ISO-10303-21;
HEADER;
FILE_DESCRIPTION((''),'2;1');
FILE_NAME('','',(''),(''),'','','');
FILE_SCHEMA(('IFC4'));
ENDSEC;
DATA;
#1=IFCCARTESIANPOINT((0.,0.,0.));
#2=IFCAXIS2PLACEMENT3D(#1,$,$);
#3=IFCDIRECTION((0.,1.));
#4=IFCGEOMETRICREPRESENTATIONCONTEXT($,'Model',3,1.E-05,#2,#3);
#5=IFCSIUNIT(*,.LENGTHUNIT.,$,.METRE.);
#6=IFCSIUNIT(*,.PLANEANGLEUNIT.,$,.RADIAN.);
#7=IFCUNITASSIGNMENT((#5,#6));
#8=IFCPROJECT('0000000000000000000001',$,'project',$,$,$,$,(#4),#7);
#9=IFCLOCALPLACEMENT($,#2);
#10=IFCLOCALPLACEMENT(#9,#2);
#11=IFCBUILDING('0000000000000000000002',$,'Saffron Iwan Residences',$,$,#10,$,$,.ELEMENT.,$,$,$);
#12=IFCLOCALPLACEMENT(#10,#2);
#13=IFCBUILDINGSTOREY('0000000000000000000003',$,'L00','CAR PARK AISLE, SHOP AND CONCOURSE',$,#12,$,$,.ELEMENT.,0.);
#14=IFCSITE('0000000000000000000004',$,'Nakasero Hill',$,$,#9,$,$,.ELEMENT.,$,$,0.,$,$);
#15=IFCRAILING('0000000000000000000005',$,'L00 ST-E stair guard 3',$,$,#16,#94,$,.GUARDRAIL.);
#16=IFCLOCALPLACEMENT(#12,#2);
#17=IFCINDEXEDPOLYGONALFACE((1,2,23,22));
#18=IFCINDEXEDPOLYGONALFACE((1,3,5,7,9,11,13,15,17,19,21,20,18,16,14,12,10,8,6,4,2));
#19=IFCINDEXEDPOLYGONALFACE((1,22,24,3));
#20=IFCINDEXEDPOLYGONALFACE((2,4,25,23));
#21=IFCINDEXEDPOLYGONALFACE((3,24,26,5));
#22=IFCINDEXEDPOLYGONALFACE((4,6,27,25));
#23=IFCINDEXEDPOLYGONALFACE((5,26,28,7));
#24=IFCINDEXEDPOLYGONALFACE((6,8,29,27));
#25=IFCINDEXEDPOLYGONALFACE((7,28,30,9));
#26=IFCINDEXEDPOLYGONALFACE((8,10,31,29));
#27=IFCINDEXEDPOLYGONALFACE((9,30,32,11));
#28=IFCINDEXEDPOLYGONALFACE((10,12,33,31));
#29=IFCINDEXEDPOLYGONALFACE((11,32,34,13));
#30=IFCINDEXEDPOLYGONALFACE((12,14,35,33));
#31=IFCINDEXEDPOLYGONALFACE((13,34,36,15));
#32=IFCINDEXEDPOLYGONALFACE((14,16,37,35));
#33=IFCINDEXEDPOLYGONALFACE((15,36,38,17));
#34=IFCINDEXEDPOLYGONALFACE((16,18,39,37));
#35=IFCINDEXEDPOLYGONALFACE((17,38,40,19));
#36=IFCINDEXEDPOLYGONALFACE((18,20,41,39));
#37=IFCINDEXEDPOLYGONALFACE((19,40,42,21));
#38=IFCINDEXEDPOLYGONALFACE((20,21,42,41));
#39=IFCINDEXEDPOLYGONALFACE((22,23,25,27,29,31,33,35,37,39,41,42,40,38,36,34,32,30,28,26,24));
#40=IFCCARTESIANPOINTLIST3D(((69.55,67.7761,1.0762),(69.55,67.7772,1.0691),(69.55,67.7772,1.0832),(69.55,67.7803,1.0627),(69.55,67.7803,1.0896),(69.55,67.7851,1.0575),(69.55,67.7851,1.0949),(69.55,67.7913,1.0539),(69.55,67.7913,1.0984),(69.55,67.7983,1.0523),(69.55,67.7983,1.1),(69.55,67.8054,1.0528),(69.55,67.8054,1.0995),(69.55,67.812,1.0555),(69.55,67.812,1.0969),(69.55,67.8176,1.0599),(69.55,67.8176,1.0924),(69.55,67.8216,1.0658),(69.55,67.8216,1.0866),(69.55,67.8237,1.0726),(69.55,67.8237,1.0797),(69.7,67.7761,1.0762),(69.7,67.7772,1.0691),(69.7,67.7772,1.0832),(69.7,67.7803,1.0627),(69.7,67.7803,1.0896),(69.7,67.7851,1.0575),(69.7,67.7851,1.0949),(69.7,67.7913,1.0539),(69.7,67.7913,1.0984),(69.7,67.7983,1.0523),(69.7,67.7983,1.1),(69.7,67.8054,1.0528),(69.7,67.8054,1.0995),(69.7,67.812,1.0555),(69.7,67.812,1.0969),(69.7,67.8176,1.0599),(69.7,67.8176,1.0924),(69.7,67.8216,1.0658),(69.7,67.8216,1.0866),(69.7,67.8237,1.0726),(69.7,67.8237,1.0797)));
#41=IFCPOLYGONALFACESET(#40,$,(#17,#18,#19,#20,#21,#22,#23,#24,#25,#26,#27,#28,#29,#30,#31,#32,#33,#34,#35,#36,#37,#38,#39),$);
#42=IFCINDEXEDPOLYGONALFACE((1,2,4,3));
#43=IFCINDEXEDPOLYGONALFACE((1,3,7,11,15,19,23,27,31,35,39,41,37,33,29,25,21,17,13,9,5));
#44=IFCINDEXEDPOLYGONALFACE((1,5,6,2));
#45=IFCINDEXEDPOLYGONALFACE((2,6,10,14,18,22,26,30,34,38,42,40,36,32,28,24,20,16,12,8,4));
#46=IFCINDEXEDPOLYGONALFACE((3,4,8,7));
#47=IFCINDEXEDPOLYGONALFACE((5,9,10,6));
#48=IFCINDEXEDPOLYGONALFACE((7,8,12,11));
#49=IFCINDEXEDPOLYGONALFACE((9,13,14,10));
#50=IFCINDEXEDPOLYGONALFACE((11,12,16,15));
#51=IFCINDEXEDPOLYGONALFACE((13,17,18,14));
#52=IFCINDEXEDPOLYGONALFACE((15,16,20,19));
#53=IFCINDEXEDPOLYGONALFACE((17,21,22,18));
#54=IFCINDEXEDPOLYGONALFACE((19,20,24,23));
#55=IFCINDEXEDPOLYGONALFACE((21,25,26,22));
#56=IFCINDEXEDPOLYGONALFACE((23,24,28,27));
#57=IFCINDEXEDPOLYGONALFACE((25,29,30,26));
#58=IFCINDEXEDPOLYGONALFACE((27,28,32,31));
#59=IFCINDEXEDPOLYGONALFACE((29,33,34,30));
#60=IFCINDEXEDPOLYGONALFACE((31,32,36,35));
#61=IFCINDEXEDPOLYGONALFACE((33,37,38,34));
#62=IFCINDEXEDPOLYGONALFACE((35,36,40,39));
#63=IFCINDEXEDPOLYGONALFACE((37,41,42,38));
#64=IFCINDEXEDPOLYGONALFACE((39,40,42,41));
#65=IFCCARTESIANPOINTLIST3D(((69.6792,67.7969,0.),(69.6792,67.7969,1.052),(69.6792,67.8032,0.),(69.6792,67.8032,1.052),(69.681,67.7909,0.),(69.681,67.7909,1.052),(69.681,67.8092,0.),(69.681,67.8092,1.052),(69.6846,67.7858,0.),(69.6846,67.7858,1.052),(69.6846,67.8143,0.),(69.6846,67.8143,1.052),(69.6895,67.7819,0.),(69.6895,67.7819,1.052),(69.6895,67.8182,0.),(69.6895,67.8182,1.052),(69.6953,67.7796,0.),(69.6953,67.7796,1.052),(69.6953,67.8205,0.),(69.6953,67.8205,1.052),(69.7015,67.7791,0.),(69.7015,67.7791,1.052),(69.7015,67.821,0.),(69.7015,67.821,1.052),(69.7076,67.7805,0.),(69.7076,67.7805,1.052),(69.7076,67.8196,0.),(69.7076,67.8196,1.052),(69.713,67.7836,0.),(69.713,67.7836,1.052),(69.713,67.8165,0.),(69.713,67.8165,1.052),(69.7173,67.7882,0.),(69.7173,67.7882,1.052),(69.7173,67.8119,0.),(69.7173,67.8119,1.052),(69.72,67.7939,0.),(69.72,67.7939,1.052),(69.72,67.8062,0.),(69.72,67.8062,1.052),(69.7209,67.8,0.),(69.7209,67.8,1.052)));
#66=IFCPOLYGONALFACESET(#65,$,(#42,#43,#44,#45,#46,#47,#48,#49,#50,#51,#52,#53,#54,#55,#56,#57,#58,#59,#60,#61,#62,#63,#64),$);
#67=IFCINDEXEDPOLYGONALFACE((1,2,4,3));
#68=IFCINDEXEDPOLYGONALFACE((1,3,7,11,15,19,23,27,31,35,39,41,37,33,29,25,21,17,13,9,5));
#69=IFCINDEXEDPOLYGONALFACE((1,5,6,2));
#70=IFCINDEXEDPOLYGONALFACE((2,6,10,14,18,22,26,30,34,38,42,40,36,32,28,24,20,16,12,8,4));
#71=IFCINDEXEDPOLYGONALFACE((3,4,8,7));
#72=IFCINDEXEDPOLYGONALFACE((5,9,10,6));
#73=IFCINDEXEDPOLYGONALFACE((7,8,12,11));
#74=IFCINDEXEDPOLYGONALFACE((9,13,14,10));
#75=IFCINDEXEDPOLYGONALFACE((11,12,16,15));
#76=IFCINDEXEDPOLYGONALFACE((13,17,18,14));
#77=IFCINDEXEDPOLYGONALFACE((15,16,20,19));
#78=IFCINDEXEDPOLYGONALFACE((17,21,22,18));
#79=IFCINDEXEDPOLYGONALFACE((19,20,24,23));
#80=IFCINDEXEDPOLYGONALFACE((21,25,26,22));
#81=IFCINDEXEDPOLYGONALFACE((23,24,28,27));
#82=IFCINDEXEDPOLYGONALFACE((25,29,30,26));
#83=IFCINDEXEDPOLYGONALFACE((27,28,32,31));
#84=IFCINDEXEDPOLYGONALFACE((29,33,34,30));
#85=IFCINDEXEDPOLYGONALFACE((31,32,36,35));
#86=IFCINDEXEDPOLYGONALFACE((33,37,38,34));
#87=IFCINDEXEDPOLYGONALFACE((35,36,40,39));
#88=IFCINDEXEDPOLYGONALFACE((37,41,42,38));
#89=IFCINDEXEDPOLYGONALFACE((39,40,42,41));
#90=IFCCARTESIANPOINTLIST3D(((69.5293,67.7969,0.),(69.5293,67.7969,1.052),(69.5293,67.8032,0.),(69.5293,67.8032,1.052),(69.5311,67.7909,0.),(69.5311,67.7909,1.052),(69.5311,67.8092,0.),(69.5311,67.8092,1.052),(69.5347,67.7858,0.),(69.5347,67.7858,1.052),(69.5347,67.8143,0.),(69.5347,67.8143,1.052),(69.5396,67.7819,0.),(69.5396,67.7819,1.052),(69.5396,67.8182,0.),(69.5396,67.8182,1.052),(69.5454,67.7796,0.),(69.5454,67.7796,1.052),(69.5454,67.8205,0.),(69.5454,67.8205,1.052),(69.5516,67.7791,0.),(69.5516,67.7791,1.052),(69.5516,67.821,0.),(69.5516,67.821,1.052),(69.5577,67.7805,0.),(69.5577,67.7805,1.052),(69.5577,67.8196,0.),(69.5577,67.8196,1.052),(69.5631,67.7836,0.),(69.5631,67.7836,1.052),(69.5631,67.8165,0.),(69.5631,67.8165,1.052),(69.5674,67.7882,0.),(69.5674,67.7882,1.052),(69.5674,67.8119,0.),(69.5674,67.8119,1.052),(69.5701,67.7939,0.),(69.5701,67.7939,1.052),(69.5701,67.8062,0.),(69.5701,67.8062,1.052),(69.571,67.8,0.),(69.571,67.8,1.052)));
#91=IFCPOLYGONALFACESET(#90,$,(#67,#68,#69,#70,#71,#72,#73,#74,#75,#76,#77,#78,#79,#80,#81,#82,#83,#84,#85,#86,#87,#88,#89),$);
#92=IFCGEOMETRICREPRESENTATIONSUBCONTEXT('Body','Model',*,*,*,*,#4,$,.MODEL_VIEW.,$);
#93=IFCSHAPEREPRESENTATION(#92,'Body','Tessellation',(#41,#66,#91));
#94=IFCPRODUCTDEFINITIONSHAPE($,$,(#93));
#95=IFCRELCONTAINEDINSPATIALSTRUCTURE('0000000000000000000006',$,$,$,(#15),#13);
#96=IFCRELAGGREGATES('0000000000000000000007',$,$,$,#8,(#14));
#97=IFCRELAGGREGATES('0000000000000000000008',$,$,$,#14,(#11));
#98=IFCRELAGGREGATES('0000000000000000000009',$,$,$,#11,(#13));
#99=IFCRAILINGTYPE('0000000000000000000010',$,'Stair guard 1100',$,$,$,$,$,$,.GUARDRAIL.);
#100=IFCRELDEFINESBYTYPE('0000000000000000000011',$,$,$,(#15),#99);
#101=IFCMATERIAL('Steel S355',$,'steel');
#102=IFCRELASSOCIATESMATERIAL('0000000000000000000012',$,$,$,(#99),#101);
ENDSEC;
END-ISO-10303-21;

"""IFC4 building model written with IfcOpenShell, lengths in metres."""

from ifc_helpers import new_model, si_unit, direction, frame, origin, origin_2d, place, context, subcontext, project, spatial, circle, extrude, material, type_object, element, save


model = new_model("IFC4")

# Units and contexts
model_context = context("Model", 3, precision=1e-05, world=origin(), true_north=direction((0.0, 1.0)))
body_context = subcontext(model_context, "Body", "Model", "MODEL_VIEW")
ifc_project = project(units=[si_unit("LENGTHUNIT", "METRE"), si_unit("PLANEANGLEUNIT", "RADIAN")], contexts=[model_context])

# Site, building, storey
site_placement = place(None, origin())
site = spatial("IfcSite", under=ifc_project, at=site_placement, Name="Nakasero Hill", CompositionType="ELEMENT", RefElevation=0.0)
building_placement = place(site_placement, origin())
building = spatial("IfcBuilding", under=site, at=building_placement, Name="Saffron Iwan Residences", CompositionType="ELEMENT")
storey_placement = place(building_placement, origin())
storey = spatial("IfcBuildingStorey", under=building, at=storey_placement, Name="L00", Description="CAR PARK AISLE, SHOP AND CONCOURSE", CompositionType="ELEMENT", Elevation=0.0)

# Railing
ifc_material_1 = material(Name="Steel S355", Category="steel")
railing_type_1 = type_object("IfcRailingType", Name="Stair guard 1100", PredefinedType="GUARDRAIL", material=ifc_material_1)
railing_1_placement = place(storey_placement, frame((69.7, 67.8, 0.0)))
element("IfcRailing", 1, at=railing_1_placement, inside=storey, type_object=railing_type_1, Name="L00 ST-E stair guard 3", PredefinedType="GUARDRAIL", context=body_context, shape_type="SweptSolid", body=[
    extrude(circle(Radius=0.0239, at=origin_2d()), frame((0.0, 0.0, 1.0762), z_axis=(-1.0, 0.0, 0.0), x_axis=(0.0, -1.0, 0.0)), (0.0, 0.0, 1.0), 0.1499),
    extrude(circle(Radius=0.021, at=origin_2d()), origin(), (0.0, 0.0, 1.0), 1.052),
    extrude(circle(Radius=0.021, at=origin_2d()), frame((-0.1499, 0.0, 0.0)), (0.0, 0.0, 1.0), 1.052),
])

save(model, "model.ifc")
